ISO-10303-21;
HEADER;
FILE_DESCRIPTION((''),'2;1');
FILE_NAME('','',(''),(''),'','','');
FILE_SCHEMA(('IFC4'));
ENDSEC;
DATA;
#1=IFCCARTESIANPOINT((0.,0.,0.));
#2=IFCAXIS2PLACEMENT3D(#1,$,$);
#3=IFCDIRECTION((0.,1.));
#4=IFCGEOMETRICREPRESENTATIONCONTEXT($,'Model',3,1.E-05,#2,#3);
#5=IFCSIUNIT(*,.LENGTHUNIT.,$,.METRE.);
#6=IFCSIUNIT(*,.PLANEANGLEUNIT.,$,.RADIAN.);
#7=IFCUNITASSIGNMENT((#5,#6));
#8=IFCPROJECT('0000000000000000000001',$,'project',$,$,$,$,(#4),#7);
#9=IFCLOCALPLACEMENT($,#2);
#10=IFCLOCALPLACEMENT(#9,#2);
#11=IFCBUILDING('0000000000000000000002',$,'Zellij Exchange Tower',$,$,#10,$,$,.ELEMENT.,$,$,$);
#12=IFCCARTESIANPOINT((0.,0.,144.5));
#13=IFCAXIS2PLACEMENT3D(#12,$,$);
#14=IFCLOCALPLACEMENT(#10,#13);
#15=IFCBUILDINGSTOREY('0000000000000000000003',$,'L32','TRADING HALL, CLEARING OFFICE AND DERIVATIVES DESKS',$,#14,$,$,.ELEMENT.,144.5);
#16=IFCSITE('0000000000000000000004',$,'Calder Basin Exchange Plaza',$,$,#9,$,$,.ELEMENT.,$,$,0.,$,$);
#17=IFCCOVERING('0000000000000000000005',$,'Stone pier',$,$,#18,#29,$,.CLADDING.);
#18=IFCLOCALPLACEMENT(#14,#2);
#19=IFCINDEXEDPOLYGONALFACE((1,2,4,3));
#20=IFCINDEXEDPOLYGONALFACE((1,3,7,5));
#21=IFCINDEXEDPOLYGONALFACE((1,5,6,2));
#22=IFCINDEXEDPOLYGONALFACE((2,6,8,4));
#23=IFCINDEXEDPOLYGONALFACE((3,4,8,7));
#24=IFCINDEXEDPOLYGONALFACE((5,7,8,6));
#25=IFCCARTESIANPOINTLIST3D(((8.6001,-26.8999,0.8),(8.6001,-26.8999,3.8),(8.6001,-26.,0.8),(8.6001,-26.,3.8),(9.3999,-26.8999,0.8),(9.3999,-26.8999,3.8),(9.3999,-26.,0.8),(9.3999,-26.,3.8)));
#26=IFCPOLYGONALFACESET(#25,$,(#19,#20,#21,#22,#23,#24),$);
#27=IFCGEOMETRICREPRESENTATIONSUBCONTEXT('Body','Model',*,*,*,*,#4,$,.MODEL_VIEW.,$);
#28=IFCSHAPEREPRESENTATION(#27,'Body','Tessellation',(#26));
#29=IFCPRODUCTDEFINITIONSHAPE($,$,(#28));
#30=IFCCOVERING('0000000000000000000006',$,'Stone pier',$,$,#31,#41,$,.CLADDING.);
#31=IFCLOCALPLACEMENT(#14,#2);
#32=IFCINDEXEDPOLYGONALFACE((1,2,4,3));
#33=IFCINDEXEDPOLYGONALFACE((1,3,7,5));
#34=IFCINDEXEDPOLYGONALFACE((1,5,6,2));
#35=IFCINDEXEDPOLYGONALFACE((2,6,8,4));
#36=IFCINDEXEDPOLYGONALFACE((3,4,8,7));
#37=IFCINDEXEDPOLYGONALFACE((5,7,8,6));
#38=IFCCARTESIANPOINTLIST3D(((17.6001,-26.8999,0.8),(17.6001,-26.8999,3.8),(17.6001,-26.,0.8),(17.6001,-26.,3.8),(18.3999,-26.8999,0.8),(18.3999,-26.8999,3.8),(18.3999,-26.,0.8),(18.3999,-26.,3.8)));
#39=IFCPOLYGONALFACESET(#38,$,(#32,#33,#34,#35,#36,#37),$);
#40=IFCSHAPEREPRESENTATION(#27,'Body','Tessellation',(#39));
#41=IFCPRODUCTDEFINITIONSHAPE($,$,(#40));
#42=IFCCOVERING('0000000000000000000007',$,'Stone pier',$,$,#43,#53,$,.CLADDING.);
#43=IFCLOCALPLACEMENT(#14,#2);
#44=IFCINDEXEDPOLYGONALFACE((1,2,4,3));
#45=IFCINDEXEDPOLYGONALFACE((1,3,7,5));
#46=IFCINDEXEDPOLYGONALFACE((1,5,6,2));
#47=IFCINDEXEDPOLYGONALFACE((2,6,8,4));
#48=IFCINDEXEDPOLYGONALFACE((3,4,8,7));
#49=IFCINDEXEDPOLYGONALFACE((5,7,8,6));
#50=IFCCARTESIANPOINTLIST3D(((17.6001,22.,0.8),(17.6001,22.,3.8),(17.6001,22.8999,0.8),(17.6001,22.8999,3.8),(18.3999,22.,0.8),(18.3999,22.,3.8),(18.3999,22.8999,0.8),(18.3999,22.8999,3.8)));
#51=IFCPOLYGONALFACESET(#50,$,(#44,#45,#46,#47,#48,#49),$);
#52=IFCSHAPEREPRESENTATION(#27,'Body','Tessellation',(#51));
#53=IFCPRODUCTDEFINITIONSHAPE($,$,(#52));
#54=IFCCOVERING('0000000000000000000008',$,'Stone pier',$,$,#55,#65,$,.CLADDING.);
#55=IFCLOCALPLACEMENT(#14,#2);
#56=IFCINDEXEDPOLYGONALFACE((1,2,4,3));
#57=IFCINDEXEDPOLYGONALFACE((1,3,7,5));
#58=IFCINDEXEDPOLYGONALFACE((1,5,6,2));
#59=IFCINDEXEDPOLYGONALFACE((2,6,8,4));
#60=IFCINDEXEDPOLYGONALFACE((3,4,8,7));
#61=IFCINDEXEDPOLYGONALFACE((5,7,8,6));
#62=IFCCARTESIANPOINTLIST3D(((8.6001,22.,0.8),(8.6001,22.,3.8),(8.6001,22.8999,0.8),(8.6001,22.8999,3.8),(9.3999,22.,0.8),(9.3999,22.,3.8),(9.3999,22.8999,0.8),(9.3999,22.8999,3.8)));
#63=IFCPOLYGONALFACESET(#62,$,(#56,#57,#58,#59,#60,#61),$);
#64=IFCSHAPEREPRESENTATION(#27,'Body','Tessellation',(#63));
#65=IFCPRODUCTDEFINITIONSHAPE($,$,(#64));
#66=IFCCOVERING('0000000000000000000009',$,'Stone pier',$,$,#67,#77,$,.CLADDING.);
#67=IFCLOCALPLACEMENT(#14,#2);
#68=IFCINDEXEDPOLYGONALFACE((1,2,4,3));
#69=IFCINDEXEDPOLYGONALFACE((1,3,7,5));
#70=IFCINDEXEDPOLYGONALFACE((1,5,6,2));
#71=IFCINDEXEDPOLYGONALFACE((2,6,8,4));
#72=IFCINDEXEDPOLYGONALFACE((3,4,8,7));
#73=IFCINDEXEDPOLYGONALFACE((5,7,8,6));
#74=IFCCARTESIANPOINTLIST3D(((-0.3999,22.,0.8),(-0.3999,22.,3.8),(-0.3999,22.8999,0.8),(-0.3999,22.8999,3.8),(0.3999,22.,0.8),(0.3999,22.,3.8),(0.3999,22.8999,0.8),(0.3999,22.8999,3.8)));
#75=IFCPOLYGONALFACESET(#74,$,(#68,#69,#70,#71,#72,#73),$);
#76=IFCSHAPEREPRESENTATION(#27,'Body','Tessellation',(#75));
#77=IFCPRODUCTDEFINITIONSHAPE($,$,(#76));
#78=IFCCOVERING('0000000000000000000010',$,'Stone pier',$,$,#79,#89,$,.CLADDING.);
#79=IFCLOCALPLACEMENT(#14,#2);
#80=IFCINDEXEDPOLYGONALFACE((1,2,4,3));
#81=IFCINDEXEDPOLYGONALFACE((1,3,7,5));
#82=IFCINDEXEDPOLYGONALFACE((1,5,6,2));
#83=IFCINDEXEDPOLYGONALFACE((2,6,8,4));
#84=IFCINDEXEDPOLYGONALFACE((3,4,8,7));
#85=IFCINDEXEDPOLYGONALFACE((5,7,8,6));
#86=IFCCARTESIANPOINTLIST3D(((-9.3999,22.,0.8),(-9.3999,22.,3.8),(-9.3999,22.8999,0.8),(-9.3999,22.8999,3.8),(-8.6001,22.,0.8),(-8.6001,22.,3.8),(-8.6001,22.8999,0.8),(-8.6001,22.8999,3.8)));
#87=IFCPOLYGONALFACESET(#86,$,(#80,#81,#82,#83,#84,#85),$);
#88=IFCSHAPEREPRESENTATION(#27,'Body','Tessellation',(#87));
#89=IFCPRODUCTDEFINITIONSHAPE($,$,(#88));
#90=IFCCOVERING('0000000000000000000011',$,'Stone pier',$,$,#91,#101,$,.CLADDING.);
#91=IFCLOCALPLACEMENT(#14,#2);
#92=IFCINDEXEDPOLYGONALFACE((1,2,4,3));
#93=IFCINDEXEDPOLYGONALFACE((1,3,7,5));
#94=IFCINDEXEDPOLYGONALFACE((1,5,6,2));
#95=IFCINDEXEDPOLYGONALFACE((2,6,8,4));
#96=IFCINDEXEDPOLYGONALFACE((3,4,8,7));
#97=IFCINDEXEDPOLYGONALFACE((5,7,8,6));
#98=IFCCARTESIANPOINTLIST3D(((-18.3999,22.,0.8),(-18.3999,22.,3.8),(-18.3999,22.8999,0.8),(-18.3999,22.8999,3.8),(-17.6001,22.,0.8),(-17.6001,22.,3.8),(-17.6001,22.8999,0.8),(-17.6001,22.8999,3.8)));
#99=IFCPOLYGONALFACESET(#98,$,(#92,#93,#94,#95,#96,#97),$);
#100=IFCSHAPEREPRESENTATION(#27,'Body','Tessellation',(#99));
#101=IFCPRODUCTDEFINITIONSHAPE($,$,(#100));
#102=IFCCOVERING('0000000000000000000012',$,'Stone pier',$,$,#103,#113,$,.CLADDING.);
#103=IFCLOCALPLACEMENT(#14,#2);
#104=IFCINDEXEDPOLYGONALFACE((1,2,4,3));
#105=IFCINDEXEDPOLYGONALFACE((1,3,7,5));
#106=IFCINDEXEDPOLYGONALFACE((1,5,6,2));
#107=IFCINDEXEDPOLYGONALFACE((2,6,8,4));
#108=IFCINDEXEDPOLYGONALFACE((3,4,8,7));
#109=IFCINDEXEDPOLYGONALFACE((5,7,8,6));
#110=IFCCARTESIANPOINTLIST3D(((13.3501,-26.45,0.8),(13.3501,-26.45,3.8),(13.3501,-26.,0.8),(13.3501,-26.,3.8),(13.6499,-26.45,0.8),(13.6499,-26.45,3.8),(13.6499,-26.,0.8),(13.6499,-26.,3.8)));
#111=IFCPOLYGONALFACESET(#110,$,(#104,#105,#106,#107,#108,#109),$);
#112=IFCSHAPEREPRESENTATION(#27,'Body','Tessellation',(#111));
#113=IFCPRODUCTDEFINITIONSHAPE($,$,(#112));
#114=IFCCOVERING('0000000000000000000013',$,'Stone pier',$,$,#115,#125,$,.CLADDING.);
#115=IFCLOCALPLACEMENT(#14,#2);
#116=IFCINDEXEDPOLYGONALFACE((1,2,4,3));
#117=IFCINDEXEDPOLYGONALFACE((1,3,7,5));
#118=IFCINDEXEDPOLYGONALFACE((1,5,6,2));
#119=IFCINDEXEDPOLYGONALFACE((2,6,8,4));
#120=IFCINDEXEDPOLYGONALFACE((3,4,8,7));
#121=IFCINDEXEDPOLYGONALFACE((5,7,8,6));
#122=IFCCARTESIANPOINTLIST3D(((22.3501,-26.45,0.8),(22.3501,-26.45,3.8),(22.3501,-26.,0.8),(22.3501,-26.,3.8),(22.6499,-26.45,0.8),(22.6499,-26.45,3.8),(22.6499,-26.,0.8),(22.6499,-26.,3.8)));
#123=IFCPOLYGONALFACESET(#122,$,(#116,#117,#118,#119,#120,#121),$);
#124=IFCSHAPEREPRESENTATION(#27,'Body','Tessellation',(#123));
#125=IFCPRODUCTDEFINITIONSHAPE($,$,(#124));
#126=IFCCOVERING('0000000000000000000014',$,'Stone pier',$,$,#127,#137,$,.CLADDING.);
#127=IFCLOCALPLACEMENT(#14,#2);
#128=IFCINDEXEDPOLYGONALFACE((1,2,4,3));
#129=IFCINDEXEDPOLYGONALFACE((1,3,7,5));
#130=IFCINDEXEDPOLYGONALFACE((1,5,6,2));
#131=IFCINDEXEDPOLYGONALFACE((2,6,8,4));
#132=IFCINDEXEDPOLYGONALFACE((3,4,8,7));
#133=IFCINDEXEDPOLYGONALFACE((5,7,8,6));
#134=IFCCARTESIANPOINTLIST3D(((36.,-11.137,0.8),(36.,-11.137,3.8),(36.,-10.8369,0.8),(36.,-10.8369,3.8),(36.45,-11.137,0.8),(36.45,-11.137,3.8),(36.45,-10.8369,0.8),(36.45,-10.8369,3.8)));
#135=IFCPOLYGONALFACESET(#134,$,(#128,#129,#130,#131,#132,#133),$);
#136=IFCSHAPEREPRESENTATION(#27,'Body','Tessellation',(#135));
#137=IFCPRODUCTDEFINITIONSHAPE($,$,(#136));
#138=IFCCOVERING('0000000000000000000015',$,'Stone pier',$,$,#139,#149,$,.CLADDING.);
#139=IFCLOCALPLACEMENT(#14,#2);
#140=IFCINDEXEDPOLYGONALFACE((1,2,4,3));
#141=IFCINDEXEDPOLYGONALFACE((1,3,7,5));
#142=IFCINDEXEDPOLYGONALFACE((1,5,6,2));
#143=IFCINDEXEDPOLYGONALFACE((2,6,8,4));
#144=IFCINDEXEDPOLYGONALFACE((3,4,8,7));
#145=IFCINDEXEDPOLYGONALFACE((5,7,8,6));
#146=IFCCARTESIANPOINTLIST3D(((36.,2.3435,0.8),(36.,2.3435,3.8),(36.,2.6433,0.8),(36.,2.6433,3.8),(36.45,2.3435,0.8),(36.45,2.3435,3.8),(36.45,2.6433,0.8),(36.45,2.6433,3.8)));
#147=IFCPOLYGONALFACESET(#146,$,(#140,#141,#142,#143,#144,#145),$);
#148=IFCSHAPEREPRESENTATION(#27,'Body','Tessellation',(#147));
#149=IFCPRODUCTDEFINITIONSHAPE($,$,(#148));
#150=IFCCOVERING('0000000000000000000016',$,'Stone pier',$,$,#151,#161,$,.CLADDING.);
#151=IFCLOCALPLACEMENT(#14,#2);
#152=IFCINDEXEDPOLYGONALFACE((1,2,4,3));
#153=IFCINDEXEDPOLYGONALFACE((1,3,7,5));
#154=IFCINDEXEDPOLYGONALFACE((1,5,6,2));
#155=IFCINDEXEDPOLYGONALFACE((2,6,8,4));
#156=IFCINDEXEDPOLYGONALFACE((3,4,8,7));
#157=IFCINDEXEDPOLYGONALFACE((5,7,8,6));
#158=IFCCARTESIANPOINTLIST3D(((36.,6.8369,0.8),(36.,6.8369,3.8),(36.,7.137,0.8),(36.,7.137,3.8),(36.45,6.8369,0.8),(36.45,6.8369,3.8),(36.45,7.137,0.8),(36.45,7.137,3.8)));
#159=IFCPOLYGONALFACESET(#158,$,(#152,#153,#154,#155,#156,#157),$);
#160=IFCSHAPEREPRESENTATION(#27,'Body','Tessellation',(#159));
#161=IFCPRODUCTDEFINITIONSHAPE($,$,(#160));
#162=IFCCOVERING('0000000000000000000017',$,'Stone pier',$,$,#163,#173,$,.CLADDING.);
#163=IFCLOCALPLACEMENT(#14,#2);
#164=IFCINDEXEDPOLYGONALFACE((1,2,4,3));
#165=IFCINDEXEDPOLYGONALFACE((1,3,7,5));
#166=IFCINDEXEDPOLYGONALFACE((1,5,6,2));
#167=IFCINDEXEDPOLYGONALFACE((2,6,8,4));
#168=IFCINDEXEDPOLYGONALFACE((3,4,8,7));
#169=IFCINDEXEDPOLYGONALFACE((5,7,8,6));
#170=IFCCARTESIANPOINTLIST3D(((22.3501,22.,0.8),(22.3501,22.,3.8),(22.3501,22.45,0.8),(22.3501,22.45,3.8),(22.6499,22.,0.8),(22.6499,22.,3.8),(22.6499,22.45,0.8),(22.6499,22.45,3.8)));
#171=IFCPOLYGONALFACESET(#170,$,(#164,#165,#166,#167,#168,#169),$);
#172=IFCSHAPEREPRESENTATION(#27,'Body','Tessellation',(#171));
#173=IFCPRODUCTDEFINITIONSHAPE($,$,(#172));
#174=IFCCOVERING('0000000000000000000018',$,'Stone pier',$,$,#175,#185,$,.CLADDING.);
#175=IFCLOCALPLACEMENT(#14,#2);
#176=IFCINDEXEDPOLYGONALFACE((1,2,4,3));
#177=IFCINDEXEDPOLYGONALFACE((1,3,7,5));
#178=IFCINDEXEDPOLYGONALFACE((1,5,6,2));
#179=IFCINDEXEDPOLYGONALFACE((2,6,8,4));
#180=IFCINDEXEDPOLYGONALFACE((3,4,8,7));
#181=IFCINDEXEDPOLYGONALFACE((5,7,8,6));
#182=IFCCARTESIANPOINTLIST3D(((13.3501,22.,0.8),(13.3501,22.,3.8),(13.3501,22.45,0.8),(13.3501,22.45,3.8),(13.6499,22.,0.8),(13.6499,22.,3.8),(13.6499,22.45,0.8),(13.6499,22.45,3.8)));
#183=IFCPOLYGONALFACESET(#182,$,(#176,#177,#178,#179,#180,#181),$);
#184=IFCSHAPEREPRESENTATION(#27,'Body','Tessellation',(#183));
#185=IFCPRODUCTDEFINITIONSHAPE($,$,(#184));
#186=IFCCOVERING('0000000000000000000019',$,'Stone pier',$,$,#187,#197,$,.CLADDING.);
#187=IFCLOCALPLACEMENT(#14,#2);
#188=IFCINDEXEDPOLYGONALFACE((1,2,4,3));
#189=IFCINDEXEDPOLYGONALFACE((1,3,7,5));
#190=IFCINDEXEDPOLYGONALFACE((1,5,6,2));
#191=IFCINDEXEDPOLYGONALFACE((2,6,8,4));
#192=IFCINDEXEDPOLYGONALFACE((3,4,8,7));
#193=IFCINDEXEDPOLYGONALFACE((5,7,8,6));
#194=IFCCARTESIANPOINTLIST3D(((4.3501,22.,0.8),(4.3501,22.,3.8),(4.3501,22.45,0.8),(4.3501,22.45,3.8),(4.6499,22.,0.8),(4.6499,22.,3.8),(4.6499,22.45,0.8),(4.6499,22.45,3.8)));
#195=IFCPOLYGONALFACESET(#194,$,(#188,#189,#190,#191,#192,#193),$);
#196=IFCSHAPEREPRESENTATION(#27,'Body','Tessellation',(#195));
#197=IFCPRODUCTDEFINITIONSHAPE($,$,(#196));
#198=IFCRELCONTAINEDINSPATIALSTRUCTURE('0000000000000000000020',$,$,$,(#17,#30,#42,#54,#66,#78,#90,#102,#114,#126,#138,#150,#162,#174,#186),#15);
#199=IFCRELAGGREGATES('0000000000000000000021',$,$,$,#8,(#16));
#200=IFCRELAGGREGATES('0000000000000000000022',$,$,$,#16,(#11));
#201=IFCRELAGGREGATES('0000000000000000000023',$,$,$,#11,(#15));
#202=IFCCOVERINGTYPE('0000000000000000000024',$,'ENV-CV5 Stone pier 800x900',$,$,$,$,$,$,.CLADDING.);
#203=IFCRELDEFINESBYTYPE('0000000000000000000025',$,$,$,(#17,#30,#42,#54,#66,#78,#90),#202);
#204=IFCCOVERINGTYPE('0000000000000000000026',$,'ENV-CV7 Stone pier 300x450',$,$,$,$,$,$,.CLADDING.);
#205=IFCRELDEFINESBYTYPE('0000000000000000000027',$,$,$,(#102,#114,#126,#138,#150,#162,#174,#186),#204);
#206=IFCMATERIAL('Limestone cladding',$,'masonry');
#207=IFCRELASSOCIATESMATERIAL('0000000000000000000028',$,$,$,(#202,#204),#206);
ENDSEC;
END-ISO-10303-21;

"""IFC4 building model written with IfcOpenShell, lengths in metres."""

from ifc_helpers import new_model, si_unit, direction, frame, origin, place, context, subcontext, project, spatial, polyline, outline, extrude, material, type_object, element, save


model = new_model("IFC4")

# Units and contexts
model_context = context("Model", 3, precision=1e-05, world=origin(), true_north=direction((0.0, 1.0)))
body_context = subcontext(model_context, "Body", "Model", "MODEL_VIEW")
ifc_project = project(units=[si_unit("LENGTHUNIT", "METRE"), si_unit("PLANEANGLEUNIT", "RADIAN")], contexts=[model_context])

# Site, building, storey
site_placement = place(None, origin())
site = spatial("IfcSite", under=ifc_project, at=site_placement, Name="Calder Basin Exchange Plaza", CompositionType="ELEMENT", RefElevation=0.0)
building_placement = place(site_placement, origin())
building = spatial("IfcBuilding", under=site, at=building_placement, Name="Zellij Exchange Tower", CompositionType="ELEMENT")
storey_placement = place(building_placement, frame((0.0, 0.0, 144.5)))
storey = spatial("IfcBuildingStorey", under=building, at=storey_placement, Name="L32", Description="TRADING HALL, CLEARING OFFICE AND DERIVATIVES DESKS", CompositionType="ELEMENT", Elevation=144.5)

# Coverings
ifc_material = material(Name="Limestone cladding", Category="masonry")
covering_type_1 = type_object("IfcCoveringType", Name="ENV-CV5 Stone pier 800x900", PredefinedType="CLADDING", material=ifc_material)
covering_1_placement = place(storey_placement, frame((0.0, 0.0, 0.8)))
element("IfcCovering", 1, at=covering_1_placement, inside=storey, type_object=covering_type_1, Name="Stone pier", PredefinedType="CLADDING", context=body_context, shape_type="SweptSolid", body=[
    extrude(outline(polyline([(8.6001, -26.0), (9.3999, -26.0), (9.3999, -26.8999), (8.6001, -26.8999), (8.6001, -26.0)])), origin(), (0.0, 0.0, 1.0), 3.0),
])
covering_2_placement = place(storey_placement, frame((0.0, 0.0, 0.8)))
element("IfcCovering", 2, at=covering_2_placement, inside=storey, type_object=covering_type_1, Name="Stone pier", PredefinedType="CLADDING", context=body_context, shape_type="SweptSolid", body=[
    extrude(outline(polyline([(17.6001, -26.0), (18.3999, -26.0), (18.3999, -26.8999), (17.6001, -26.8999), (17.6001, -26.0)])), origin(), (0.0, 0.0, 1.0), 3.0),
])
covering_3_placement = place(storey_placement, frame((0.0, 0.0, 0.8)))
element("IfcCovering", 3, at=covering_3_placement, inside=storey, type_object=covering_type_1, Name="Stone pier", PredefinedType="CLADDING", context=body_context, shape_type="SweptSolid", body=[
    extrude(outline(polyline([(18.3999, 22.0), (17.6001, 22.0), (17.6001, 22.8999), (18.3999, 22.8999), (18.3999, 22.0)])), origin(), (0.0, 0.0, 1.0), 3.0),
])
covering_4_placement = place(storey_placement, frame((0.0, 0.0, 0.8)))
element("IfcCovering", 4, at=covering_4_placement, inside=storey, type_object=covering_type_1, Name="Stone pier", PredefinedType="CLADDING", context=body_context, shape_type="SweptSolid", body=[
    extrude(outline(polyline([(9.3999, 22.0), (8.6001, 22.0), (8.6001, 22.8999), (9.3999, 22.8999), (9.3999, 22.0)])), origin(), (0.0, 0.0, 1.0), 3.0),
])
covering_5_placement = place(storey_placement, frame((0.0, 0.0, 0.8)))
element("IfcCovering", 5, at=covering_5_placement, inside=storey, type_object=covering_type_1, Name="Stone pier", PredefinedType="CLADDING", context=body_context, shape_type="SweptSolid", body=[
    extrude(outline(polyline([(0.3999, 22.0), (-0.3999, 22.0), (-0.3999, 22.8999), (0.3999, 22.8999), (0.3999, 22.0)])), origin(), (0.0, 0.0, 1.0), 3.0),
])
covering_6_placement = place(storey_placement, frame((0.0, 0.0, 0.8)))
element("IfcCovering", 6, at=covering_6_placement, inside=storey, type_object=covering_type_1, Name="Stone pier", PredefinedType="CLADDING", context=body_context, shape_type="SweptSolid", body=[
    extrude(outline(polyline([(-8.6001, 22.0), (-9.3999, 22.0), (-9.3999, 22.8999), (-8.6001, 22.8999), (-8.6001, 22.0)])), origin(), (0.0, 0.0, 1.0), 3.0),
])
covering_7_placement = place(storey_placement, frame((0.0, 0.0, 0.8)))
element("IfcCovering", 7, at=covering_7_placement, inside=storey, type_object=covering_type_1, Name="Stone pier", PredefinedType="CLADDING", context=body_context, shape_type="SweptSolid", body=[
    extrude(outline(polyline([(-17.6001, 22.0), (-18.3999, 22.0), (-18.3999, 22.8999), (-17.6001, 22.8999), (-17.6001, 22.0)])), origin(), (0.0, 0.0, 1.0), 3.0),
])
covering_type_2 = type_object("IfcCoveringType", Name="ENV-CV7 Stone pier 300x450", PredefinedType="CLADDING", material=ifc_material)
covering_8_placement = place(storey_placement, frame((0.0, 0.0, 0.8)))
element("IfcCovering", 8, at=covering_8_placement, inside=storey, type_object=covering_type_2, Name="Stone pier", PredefinedType="CLADDING", context=body_context, shape_type="SweptSolid", body=[
    extrude(outline(polyline([(13.3501, -26.0), (13.6499, -26.0), (13.6499, -26.45), (13.3501, -26.45), (13.3501, -26.0)])), origin(), (0.0, 0.0, 1.0), 3.0),
])
covering_9_placement = place(storey_placement, frame((0.0, 0.0, 0.8)))
element("IfcCovering", 9, at=covering_9_placement, inside=storey, type_object=covering_type_2, Name="Stone pier", PredefinedType="CLADDING", context=body_context, shape_type="SweptSolid", body=[
    extrude(outline(polyline([(22.3501, -26.0), (22.6499, -26.0), (22.6499, -26.45), (22.3501, -26.45), (22.3501, -26.0)])), origin(), (0.0, 0.0, 1.0), 3.0),
])
covering_10_placement = place(storey_placement, frame((0.0, 0.0, 0.8)))
element("IfcCovering", 10, at=covering_10_placement, inside=storey, type_object=covering_type_2, Name="Stone pier", PredefinedType="CLADDING", context=body_context, shape_type="SweptSolid", body=[
    extrude(outline(polyline([(36.0, -11.137), (36.0, -10.8369), (36.45, -10.8369), (36.45, -11.137), (36.0, -11.137)])), origin(), (0.0, 0.0, 1.0), 3.0),
])
covering_11_placement = place(storey_placement, frame((0.0, 0.0, 0.8)))
element("IfcCovering", 11, at=covering_11_placement, inside=storey, type_object=covering_type_2, Name="Stone pier", PredefinedType="CLADDING", context=body_context, shape_type="SweptSolid", body=[
    extrude(outline(polyline([(36.0, 2.3435), (36.0, 2.6433), (36.45, 2.6433), (36.45, 2.3435), (36.0, 2.3435)])), origin(), (0.0, 0.0, 1.0), 3.0),
])
covering_12_placement = place(storey_placement, frame((0.0, 0.0, 0.8)))
element("IfcCovering", 12, at=covering_12_placement, inside=storey, type_object=covering_type_2, Name="Stone pier", PredefinedType="CLADDING", context=body_context, shape_type="SweptSolid", body=[
    extrude(outline(polyline([(36.0, 6.8369), (36.0, 7.137), (36.45, 7.137), (36.45, 6.8369), (36.0, 6.8369)])), origin(), (0.0, 0.0, 1.0), 3.0),
])
covering_13_placement = place(storey_placement, frame((0.0, 0.0, 0.8)))
element("IfcCovering", 13, at=covering_13_placement, inside=storey, type_object=covering_type_2, Name="Stone pier", PredefinedType="CLADDING", context=body_context, shape_type="SweptSolid", body=[
    extrude(outline(polyline([(22.6499, 22.0), (22.3501, 22.0), (22.3501, 22.45), (22.6499, 22.45), (22.6499, 22.0)])), origin(), (0.0, 0.0, 1.0), 3.0),
])
covering_14_placement = place(storey_placement, frame((0.0, 0.0, 0.8)))
element("IfcCovering", 14, at=covering_14_placement, inside=storey, type_object=covering_type_2, Name="Stone pier", PredefinedType="CLADDING", context=body_context, shape_type="SweptSolid", body=[
    extrude(outline(polyline([(13.6499, 22.0), (13.3501, 22.0), (13.3501, 22.45), (13.6499, 22.45), (13.6499, 22.0)])), origin(), (0.0, 0.0, 1.0), 3.0),
])
covering_15_placement = place(storey_placement, frame((0.0, 0.0, 0.8)))
element("IfcCovering", 15, at=covering_15_placement, inside=storey, type_object=covering_type_2, Name="Stone pier", PredefinedType="CLADDING", context=body_context, shape_type="SweptSolid", body=[
    extrude(outline(polyline([(4.6499, 22.0), (4.3501, 22.0), (4.3501, 22.45), (4.6499, 22.45), (4.6499, 22.0)])), origin(), (0.0, 0.0, 1.0), 3.0),
])

save(model, "model.ifc")
